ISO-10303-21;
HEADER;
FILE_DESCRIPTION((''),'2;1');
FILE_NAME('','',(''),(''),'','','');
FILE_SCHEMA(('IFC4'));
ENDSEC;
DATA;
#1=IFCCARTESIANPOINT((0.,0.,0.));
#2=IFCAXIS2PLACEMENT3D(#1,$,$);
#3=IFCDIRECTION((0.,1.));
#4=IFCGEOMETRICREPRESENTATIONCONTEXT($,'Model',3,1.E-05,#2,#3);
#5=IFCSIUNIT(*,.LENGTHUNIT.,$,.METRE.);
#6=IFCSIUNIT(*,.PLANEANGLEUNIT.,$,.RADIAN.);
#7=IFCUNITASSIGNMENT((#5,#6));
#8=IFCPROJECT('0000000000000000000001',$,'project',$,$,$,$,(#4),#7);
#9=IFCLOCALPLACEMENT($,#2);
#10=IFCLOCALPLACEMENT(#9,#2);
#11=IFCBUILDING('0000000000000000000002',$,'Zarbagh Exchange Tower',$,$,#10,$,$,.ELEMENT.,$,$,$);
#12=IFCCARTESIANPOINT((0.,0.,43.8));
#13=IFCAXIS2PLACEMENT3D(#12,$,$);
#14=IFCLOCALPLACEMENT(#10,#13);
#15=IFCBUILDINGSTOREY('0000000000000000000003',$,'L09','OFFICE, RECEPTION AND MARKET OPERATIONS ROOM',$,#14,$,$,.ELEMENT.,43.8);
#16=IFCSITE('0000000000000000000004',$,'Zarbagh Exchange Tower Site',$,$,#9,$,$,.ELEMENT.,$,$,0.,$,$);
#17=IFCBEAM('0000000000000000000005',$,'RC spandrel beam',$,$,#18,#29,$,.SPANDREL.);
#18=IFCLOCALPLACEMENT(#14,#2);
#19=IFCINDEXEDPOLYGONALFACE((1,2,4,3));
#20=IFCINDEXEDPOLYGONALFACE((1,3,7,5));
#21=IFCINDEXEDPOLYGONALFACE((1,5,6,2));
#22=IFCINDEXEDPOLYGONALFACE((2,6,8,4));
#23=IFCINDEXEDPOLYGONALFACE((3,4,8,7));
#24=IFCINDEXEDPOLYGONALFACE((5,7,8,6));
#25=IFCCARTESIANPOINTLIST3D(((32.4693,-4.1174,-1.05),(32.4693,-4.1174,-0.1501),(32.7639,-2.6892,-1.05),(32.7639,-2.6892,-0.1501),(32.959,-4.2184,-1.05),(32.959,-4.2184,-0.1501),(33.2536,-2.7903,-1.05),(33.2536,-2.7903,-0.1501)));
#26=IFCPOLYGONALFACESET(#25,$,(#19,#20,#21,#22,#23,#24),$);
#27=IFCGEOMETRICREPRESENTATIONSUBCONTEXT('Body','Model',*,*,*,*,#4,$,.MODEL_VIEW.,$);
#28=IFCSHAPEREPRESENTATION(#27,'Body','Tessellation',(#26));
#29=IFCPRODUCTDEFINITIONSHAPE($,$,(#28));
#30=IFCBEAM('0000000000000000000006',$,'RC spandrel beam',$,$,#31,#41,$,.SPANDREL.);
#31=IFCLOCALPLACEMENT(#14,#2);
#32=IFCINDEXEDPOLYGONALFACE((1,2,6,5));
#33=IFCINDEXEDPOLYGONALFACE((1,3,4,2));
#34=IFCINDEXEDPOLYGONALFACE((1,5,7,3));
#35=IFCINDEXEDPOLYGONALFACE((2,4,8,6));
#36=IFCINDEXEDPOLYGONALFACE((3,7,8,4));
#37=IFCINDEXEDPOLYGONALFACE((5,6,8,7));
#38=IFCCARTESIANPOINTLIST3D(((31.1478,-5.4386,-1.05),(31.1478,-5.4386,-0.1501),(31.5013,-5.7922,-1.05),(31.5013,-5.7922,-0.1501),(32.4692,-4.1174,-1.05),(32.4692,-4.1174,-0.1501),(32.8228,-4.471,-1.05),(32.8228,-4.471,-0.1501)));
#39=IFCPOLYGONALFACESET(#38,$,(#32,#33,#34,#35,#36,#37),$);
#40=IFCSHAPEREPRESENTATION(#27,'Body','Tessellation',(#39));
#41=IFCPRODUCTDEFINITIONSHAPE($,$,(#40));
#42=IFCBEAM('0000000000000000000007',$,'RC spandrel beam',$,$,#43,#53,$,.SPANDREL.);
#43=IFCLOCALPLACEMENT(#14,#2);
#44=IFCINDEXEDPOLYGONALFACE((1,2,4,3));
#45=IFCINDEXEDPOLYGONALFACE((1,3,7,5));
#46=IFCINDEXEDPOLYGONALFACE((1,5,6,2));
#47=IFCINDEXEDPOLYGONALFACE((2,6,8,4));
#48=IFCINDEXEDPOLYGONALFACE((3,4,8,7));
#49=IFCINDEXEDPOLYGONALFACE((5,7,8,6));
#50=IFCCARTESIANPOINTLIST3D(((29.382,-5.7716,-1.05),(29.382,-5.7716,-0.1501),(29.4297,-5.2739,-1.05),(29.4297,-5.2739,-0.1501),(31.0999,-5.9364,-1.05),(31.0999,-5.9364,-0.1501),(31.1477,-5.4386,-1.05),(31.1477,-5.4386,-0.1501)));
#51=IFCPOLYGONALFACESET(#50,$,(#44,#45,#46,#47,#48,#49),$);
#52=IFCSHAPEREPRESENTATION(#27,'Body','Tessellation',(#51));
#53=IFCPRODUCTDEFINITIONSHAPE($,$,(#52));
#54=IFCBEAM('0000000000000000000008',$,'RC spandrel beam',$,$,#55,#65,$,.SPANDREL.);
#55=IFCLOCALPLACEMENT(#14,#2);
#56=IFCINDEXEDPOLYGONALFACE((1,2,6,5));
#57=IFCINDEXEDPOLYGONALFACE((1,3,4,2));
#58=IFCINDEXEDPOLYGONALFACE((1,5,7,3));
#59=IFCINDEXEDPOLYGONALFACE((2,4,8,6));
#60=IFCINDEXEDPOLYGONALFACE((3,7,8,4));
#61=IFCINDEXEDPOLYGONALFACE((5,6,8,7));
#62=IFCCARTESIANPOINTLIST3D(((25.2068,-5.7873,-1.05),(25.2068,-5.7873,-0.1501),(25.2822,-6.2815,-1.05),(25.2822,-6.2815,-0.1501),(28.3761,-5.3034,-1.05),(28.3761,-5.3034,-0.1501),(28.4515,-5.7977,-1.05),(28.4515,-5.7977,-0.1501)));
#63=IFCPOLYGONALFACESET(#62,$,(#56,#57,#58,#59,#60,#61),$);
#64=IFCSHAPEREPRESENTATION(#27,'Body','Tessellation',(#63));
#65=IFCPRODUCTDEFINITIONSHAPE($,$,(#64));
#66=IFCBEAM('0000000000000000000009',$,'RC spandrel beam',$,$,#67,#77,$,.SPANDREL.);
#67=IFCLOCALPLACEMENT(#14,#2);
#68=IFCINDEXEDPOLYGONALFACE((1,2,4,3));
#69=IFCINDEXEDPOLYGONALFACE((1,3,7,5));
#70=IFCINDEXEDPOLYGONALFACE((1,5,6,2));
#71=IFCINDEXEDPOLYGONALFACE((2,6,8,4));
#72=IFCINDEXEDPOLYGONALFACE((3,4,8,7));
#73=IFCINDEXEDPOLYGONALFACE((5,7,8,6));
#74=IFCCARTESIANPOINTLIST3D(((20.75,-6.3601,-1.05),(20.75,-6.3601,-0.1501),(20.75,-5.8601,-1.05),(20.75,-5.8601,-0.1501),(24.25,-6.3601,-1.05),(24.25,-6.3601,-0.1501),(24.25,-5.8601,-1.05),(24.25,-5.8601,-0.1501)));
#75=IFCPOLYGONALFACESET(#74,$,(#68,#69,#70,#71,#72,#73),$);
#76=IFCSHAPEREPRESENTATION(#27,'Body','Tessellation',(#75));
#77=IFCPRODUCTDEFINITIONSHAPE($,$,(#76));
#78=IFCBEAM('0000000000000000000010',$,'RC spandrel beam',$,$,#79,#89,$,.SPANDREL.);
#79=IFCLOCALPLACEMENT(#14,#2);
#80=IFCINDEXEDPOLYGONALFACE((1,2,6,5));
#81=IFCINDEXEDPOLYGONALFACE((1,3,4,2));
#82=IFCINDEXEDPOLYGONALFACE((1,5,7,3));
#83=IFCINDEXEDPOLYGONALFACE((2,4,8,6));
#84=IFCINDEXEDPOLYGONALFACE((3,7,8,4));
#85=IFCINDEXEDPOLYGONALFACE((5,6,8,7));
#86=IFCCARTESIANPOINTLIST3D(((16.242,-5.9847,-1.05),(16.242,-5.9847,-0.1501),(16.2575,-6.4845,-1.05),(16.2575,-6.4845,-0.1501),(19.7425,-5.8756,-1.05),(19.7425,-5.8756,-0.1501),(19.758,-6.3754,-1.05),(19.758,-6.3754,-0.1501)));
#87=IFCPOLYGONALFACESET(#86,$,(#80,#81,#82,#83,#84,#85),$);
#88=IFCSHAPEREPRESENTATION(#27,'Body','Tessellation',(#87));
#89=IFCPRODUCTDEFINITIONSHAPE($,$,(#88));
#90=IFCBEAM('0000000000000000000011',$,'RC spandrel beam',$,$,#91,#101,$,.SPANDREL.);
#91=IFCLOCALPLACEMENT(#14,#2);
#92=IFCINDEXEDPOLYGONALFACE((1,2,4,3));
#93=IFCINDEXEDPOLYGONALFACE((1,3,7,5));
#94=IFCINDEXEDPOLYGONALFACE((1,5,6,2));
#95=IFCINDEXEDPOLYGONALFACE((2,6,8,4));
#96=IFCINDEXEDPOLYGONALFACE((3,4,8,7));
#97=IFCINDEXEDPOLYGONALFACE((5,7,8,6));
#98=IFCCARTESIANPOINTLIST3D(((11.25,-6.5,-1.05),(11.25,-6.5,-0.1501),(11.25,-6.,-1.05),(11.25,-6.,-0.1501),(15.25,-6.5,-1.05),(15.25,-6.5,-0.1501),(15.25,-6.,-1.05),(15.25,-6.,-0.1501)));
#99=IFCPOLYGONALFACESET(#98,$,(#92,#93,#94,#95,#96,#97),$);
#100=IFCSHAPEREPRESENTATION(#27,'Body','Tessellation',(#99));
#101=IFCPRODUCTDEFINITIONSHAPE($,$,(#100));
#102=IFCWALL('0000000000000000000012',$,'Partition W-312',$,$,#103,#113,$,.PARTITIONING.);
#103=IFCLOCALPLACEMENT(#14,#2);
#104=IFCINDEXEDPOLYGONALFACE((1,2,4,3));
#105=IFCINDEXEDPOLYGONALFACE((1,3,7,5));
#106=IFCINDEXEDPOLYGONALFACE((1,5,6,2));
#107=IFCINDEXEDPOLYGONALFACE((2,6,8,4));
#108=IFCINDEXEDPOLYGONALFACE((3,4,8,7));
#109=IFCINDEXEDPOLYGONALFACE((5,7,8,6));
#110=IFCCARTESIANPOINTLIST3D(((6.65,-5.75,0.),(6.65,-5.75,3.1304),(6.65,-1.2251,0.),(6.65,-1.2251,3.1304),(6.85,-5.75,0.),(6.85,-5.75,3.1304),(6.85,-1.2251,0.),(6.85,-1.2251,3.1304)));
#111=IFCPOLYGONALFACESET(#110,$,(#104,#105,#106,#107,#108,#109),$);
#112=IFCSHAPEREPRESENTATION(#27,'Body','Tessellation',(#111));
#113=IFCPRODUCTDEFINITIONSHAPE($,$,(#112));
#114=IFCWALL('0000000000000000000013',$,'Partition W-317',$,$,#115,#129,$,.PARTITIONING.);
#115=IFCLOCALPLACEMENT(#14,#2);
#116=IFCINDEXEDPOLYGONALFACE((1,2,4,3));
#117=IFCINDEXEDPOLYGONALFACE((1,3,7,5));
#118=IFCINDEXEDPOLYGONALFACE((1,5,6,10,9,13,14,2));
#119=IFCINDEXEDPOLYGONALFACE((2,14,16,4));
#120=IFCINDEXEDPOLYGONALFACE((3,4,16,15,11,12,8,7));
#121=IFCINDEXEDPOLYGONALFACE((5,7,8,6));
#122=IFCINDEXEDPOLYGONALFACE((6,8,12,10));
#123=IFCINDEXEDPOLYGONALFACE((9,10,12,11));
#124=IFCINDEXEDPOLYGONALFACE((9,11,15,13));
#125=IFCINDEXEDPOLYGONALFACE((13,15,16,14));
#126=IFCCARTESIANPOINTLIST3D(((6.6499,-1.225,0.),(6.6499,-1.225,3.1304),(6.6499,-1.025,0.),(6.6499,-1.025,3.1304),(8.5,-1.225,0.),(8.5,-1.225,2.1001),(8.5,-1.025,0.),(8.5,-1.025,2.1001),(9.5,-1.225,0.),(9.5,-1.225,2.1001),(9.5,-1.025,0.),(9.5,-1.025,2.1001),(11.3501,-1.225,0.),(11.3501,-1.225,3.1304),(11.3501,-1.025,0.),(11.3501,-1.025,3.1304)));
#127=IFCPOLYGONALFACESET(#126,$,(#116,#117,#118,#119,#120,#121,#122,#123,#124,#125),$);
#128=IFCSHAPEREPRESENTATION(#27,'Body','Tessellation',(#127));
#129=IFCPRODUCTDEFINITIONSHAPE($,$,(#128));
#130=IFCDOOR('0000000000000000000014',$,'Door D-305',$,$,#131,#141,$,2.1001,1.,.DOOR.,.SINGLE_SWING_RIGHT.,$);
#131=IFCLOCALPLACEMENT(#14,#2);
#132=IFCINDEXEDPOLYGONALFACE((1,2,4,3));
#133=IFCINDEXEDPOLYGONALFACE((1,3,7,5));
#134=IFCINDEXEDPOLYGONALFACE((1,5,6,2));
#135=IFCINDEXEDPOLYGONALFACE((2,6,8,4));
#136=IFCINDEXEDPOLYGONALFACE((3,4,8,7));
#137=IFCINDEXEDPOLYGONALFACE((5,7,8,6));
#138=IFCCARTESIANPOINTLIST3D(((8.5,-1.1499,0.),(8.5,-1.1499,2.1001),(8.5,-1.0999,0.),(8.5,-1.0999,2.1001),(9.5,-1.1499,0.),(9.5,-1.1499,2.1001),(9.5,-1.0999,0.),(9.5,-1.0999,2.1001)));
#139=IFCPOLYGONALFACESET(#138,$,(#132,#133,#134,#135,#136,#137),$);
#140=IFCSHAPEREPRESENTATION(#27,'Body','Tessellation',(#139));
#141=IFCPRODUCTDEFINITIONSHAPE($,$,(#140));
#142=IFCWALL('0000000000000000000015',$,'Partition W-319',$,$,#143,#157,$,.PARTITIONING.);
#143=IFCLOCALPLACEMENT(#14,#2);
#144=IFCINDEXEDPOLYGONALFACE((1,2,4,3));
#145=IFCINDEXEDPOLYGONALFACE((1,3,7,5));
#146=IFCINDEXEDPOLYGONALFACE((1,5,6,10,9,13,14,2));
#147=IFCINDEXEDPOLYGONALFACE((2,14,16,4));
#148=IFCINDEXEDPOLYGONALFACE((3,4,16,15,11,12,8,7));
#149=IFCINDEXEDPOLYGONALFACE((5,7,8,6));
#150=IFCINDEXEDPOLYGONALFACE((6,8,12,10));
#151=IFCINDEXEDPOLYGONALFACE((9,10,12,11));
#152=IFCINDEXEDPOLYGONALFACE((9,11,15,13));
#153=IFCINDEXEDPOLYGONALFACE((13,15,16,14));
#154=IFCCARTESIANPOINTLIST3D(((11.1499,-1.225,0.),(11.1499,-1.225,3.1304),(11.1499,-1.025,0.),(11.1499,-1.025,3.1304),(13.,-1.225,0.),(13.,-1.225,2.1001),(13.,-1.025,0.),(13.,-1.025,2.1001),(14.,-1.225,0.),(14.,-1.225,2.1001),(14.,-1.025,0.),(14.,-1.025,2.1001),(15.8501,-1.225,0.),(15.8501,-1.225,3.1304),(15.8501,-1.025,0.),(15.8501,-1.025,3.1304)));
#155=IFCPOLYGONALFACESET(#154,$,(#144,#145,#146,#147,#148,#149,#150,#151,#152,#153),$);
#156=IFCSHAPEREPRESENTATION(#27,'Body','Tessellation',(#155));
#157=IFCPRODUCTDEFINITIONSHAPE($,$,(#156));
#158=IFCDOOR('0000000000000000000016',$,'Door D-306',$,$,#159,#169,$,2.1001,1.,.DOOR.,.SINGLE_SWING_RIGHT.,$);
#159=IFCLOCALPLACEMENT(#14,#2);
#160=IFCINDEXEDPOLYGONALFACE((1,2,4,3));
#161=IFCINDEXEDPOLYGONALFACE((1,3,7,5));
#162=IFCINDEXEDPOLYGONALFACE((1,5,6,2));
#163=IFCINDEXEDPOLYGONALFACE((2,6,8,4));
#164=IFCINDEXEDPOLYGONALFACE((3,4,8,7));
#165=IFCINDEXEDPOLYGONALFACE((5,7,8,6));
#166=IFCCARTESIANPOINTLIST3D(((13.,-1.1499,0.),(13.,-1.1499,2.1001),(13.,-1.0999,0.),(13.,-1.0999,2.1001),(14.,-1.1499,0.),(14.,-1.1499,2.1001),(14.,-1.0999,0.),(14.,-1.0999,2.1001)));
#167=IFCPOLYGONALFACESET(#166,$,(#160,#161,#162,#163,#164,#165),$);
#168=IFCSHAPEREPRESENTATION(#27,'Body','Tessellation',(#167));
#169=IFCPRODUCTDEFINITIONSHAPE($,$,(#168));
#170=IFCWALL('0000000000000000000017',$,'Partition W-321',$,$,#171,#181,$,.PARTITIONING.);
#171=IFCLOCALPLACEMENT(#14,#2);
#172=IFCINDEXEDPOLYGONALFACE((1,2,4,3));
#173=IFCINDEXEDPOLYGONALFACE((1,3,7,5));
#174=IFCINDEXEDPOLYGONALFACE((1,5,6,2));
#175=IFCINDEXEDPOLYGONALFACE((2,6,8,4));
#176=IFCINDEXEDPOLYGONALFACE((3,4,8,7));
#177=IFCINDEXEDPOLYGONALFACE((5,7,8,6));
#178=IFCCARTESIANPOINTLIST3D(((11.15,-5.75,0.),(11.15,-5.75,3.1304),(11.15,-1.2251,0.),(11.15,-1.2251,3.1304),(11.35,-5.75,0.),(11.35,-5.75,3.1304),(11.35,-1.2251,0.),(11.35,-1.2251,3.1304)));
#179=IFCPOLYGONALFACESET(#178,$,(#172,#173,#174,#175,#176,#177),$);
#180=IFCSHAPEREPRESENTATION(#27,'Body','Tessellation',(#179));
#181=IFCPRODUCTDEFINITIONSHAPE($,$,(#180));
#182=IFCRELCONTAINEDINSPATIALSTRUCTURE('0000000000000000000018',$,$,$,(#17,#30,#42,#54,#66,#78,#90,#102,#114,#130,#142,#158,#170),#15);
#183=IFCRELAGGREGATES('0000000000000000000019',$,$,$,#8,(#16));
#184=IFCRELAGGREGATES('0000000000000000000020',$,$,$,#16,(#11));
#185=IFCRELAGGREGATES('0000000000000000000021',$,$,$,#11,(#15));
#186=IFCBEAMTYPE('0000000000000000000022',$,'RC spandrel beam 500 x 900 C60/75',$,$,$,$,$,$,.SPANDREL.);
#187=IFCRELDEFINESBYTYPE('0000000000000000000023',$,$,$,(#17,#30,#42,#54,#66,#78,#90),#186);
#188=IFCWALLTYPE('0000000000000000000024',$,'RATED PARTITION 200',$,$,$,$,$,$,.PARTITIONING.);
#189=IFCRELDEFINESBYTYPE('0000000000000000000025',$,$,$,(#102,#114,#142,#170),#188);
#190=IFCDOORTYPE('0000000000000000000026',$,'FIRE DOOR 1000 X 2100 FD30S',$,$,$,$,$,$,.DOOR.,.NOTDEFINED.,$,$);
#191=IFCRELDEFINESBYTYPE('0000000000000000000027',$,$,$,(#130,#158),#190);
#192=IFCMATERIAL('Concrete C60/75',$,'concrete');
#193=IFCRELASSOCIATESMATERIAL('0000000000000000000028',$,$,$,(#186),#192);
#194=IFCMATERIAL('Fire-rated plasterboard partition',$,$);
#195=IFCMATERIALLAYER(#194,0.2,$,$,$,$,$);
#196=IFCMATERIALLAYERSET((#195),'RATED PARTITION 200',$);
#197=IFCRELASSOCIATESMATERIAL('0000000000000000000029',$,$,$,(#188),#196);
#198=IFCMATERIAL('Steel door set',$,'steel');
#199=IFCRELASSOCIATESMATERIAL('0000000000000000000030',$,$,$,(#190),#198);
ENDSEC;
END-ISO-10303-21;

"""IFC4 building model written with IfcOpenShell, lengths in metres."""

from ifc_helpers import new_model, si_unit, direction, frame, frame_2d, origin, origin_2d, place, context, subcontext, project, spatial, rectangle, extrude, material, layer, layer_set, material_profile, profile_set, type_object, element, fill, save


model = new_model("IFC4")

# Units and contexts
model_context = context("Model", 3, precision=1e-05, world=origin(), true_north=direction((0.0, 1.0)))
body_context = subcontext(model_context, "Body", "Model", "MODEL_VIEW")
ifc_project = project(units=[si_unit("LENGTHUNIT", "METRE"), si_unit("PLANEANGLEUNIT", "RADIAN")], contexts=[model_context])

# Site, building, storey
site_placement = place(None, origin())
site = spatial("IfcSite", under=ifc_project, at=site_placement, Name="Zarbagh Exchange Tower Site", CompositionType="ELEMENT", RefElevation=0.0)
building_placement = place(site_placement, origin())
building = spatial("IfcBuilding", under=site, at=building_placement, Name="Zarbagh Exchange Tower", CompositionType="ELEMENT")
storey_placement = place(building_placement, frame((0.0, 0.0, 43.8)))
storey = spatial("IfcBuildingStorey", under=building, at=storey_placement, Name="L09", Description="OFFICE, RECEPTION AND MARKET OPERATIONS ROOM", CompositionType="ELEMENT", Elevation=43.8)

# Shared definitions
ifc_material_1 = material(Name="Concrete C60/75", Category="concrete")

# Beams
ifc_material_profile_1 = material_profile(ifc_material_1, rectangle(XDim=0.5, YDim=0.8999, at=origin_2d()), Name="RC spandrel beam 500 x 900 C60/75")
ifc_profile_set_1 = profile_set([ifc_material_profile_1], Name="Concrete C60/75")
beam_type_1 = type_object("IfcBeamType", Name="RC spandrel beam 500 x 900 C60/75", PredefinedType="SPANDREL", material=ifc_profile_set_1)
beam_1_placement = place(storey_placement, frame((33.0088, -2.7397, -0.6001), z_axis=(-0.202069, -0.979371, 0.0), x_axis=(0.979371, -0.202069, 0.0)))
element("IfcBeam", 1, at=beam_1_placement, inside=storey, type_object=beam_type_1, Name="RC spandrel beam", PredefinedType="SPANDREL", context=body_context, shape_type="SweptSolid", body=[
    extrude(rectangle(XDim=0.5, YDim=0.8999, at=origin_2d()), origin(), (0.0, 0.0, 1.0), 1.4583),
])
beam_2_placement = place(storey_placement, frame((32.646, -4.2942, -0.6001), z_axis=(-0.707172, -0.707041, 0.0), x_axis=(0.707041, -0.707172, 0.0)))
element("IfcBeam", 2, at=beam_2_placement, inside=storey, type_object=beam_type_1, Name="RC spandrel beam", PredefinedType="SPANDREL", context=body_context, shape_type="SweptSolid", body=[
    extrude(rectangle(XDim=0.5, YDim=0.8999, at=origin_2d()), origin(), (0.0, 0.0, 1.0), 1.8687),
])
beam_3_placement = place(storey_placement, frame((31.1238, -5.6875, -0.6001), z_axis=(-0.995431, 0.095483, 0.0), x_axis=(-0.095483, -0.995431, 0.0)))
element("IfcBeam", 3, at=beam_3_placement, inside=storey, type_object=beam_type_1, Name="RC spandrel beam", PredefinedType="SPANDREL", context=body_context, shape_type="SweptSolid", body=[
    extrude(rectangle(XDim=0.5, YDim=0.8999, at=origin_2d()), origin(), (0.0, 0.0, 1.0), 1.7258),
])
beam_4_placement = place(storey_placement, frame((28.4138, -5.5505, -0.6001), z_axis=(-0.988545, -0.150924, 0.0), x_axis=(0.150924, -0.988545, 0.0)))
element("IfcBeam", 4, at=beam_4_placement, inside=storey, type_object=beam_type_1, Name="RC spandrel beam", PredefinedType="SPANDREL", context=body_context, shape_type="SweptSolid", body=[
    extrude(rectangle(XDim=0.5, YDim=0.8999, at=origin_2d()), origin(), (0.0, 0.0, 1.0), 3.2061),
])
beam_5_placement = place(storey_placement, frame((24.25, -6.1101, -0.6001), z_axis=(-1.0, 0.0, 0.0), x_axis=(0.0, -1.0, 0.0)))
element("IfcBeam", 5, at=beam_5_placement, inside=storey, type_object=beam_type_1, Name="RC spandrel beam", PredefinedType="SPANDREL", context=body_context, shape_type="SweptSolid", body=[
    extrude(rectangle(XDim=0.5, YDim=0.8999, at=origin_2d()), origin(), (0.0, 0.0, 1.0), 3.5),
])
beam_6_placement = place(storey_placement, frame((19.7502, -6.1255, -0.6001), z_axis=(-0.999514, -0.031161, 0.0), x_axis=(0.031161, -0.999514, 0.0)))
element("IfcBeam", 6, at=beam_6_placement, inside=storey, type_object=beam_type_1, Name="RC spandrel beam", PredefinedType="SPANDREL", context=body_context, shape_type="SweptSolid", body=[
    extrude(rectangle(XDim=0.5, YDim=0.8999, at=origin_2d()), origin(), (0.0, 0.0, 1.0), 3.5022),
])
beam_7_placement = place(storey_placement, frame((15.25, -6.25, -0.6001), z_axis=(-1.0, 0.0, 0.0), x_axis=(0.0, -1.0, 0.0)))
element("IfcBeam", 7, at=beam_7_placement, inside=storey, type_object=beam_type_1, Name="RC spandrel beam", PredefinedType="SPANDREL", context=body_context, shape_type="SweptSolid", body=[
    extrude(rectangle(XDim=0.5, YDim=0.8999, at=origin_2d()), origin(), (0.0, 0.0, 1.0), 4.0),
])

# Wall
ifc_material_2 = material(Name="Fire-rated plasterboard partition")
ifc_layer = layer(ifc_material_2, 0.2)
ifc_layer_set = layer_set([ifc_layer], Name="RATED PARTITION 200")
wall_type = type_object("IfcWallType", Name="RATED PARTITION 200", PredefinedType="PARTITIONING", material=ifc_layer_set)
wall_1_placement = place(storey_placement, frame((6.75, -5.75, 0.0), z_axis=(0.0, 0.0, 1.0), x_axis=(0.0, 1.0, 0.0)))
element("IfcWall", 8, at=wall_1_placement, inside=storey, type_object=wall_type, Name="Partition W-312", PredefinedType="PARTITIONING", context=body_context, shape_type="SweptSolid", body=[
    extrude(rectangle(XDim=4.5249, YDim=0.2, at=frame_2d((2.2625, 0.0))), origin(), (0.0, 0.0, 1.0), 3.1304),
])

# Walls, openings, doors
wall_2_placement = place(storey_placement, frame((11.3501, -1.125, 0.0), z_axis=(0.0, 0.0, 1.0), x_axis=(-1.0, 0.0, 0.0)))
wall_2 = element("IfcWall", 9, at=wall_2_placement, inside=storey, type_object=wall_type, Name="Partition W-317", PredefinedType="PARTITIONING", context=body_context, shape_type="SweptSolid", body=[
    extrude(rectangle(XDim=4.7002, YDim=0.2, at=frame_2d((2.3501, 0.0))), origin(), (0.0, 0.0, 1.0), 3.1304),
])
opening_1_placement = place(wall_2_placement, frame((1.8501, 0.0, 0.0)))
opening_1 = element("IfcOpeningElement", 10, at=opening_1_placement, cuts=wall_2, PredefinedType="OPENING", context=body_context, shape_type="SweptSolid", body=[
    extrude(rectangle(XDim=1.0, YDim=2.1001, at=frame_2d((0.5, 1.05))), frame((0.0, 0.1099, 0.0), z_axis=(0.0, -1.0, 0.0), x_axis=(1.0, 0.0, 0.0)), (0.0, 0.0, 1.0), 0.22),
])
ifc_material_3 = material(Name="Steel door set", Category="steel")
door_type = type_object("IfcDoorType", Name="FIRE DOOR 1000 X 2100 FD30S", OperationType="NOTDEFINED", PredefinedType="DOOR", material=ifc_material_3)
door_1_placement = place(opening_1_placement, origin())
door_1 = element("IfcDoor", 11, at=door_1_placement, inside=storey, type_object=door_type, Name="Door D-305", OperationType="SINGLE_SWING_RIGHT", OverallHeight=2.1001, OverallWidth=1.0, PredefinedType="DOOR", context=body_context, shape_type="SweptSolid", body=[
    extrude(rectangle(XDim=1.0, YDim=2.1001, at=frame_2d((0.5, 1.05))), frame((0.0, 0.0249, 0.0), z_axis=(0.0, -1.0, 0.0), x_axis=(1.0, 0.0, 0.0)), (0.0, 0.0, 1.0), 0.05),
])
fill(opening_1, door_1)
wall_3_placement = place(storey_placement, frame((15.8501, -1.125, 0.0), z_axis=(0.0, 0.0, 1.0), x_axis=(-1.0, 0.0, 0.0)))
wall_3 = element("IfcWall", 12, at=wall_3_placement, inside=storey, type_object=wall_type, Name="Partition W-319", PredefinedType="PARTITIONING", context=body_context, shape_type="SweptSolid", body=[
    extrude(rectangle(XDim=4.7002, YDim=0.2, at=frame_2d((2.3501, 0.0))), origin(), (0.0, 0.0, 1.0), 3.1304),
])
opening_2_placement = place(wall_3_placement, frame((1.8501, 0.0, 0.0)))
opening_2 = element("IfcOpeningElement", 13, at=opening_2_placement, cuts=wall_3, PredefinedType="OPENING", context=body_context, shape_type="SweptSolid", body=[
    extrude(rectangle(XDim=1.0, YDim=2.1001, at=frame_2d((0.5, 1.05))), frame((0.0, 0.1099, 0.0), z_axis=(0.0, -1.0, 0.0), x_axis=(1.0, 0.0, 0.0)), (0.0, 0.0, 1.0), 0.22),
])
door_2_placement = place(opening_2_placement, origin())
door_2 = element("IfcDoor", 14, at=door_2_placement, inside=storey, type_object=door_type, Name="Door D-306", OperationType="SINGLE_SWING_RIGHT", OverallHeight=2.1001, OverallWidth=1.0, PredefinedType="DOOR", context=body_context, shape_type="SweptSolid", body=[
    extrude(rectangle(XDim=1.0, YDim=2.1001, at=frame_2d((0.5, 1.05))), frame((0.0, 0.0249, 0.0), z_axis=(0.0, -1.0, 0.0), x_axis=(1.0, 0.0, 0.0)), (0.0, 0.0, 1.0), 0.05),
])
fill(opening_2, door_2)

# Wall
for number, where, z_axis, x_axis, name in (
    (15, (11.25, -5.75, 0.0), (0.0, 0.0, 1.0), (0.0, 1.0, 0.0), "Partition W-321"),
):
    element("IfcWall", number, at=place(storey_placement, frame(where, z_axis=z_axis, x_axis=x_axis)), inside=storey, type_object=wall_type, Name=name, PredefinedType="PARTITIONING", context=body_context, shape_type="SweptSolid", body=[
        extrude(rectangle(XDim=4.5249, YDim=0.2, at=frame_2d((2.2625, 0.0))), origin(), (0.0, 0.0, 1.0), 3.1304),
    ])

save(model, "model.ifc")
